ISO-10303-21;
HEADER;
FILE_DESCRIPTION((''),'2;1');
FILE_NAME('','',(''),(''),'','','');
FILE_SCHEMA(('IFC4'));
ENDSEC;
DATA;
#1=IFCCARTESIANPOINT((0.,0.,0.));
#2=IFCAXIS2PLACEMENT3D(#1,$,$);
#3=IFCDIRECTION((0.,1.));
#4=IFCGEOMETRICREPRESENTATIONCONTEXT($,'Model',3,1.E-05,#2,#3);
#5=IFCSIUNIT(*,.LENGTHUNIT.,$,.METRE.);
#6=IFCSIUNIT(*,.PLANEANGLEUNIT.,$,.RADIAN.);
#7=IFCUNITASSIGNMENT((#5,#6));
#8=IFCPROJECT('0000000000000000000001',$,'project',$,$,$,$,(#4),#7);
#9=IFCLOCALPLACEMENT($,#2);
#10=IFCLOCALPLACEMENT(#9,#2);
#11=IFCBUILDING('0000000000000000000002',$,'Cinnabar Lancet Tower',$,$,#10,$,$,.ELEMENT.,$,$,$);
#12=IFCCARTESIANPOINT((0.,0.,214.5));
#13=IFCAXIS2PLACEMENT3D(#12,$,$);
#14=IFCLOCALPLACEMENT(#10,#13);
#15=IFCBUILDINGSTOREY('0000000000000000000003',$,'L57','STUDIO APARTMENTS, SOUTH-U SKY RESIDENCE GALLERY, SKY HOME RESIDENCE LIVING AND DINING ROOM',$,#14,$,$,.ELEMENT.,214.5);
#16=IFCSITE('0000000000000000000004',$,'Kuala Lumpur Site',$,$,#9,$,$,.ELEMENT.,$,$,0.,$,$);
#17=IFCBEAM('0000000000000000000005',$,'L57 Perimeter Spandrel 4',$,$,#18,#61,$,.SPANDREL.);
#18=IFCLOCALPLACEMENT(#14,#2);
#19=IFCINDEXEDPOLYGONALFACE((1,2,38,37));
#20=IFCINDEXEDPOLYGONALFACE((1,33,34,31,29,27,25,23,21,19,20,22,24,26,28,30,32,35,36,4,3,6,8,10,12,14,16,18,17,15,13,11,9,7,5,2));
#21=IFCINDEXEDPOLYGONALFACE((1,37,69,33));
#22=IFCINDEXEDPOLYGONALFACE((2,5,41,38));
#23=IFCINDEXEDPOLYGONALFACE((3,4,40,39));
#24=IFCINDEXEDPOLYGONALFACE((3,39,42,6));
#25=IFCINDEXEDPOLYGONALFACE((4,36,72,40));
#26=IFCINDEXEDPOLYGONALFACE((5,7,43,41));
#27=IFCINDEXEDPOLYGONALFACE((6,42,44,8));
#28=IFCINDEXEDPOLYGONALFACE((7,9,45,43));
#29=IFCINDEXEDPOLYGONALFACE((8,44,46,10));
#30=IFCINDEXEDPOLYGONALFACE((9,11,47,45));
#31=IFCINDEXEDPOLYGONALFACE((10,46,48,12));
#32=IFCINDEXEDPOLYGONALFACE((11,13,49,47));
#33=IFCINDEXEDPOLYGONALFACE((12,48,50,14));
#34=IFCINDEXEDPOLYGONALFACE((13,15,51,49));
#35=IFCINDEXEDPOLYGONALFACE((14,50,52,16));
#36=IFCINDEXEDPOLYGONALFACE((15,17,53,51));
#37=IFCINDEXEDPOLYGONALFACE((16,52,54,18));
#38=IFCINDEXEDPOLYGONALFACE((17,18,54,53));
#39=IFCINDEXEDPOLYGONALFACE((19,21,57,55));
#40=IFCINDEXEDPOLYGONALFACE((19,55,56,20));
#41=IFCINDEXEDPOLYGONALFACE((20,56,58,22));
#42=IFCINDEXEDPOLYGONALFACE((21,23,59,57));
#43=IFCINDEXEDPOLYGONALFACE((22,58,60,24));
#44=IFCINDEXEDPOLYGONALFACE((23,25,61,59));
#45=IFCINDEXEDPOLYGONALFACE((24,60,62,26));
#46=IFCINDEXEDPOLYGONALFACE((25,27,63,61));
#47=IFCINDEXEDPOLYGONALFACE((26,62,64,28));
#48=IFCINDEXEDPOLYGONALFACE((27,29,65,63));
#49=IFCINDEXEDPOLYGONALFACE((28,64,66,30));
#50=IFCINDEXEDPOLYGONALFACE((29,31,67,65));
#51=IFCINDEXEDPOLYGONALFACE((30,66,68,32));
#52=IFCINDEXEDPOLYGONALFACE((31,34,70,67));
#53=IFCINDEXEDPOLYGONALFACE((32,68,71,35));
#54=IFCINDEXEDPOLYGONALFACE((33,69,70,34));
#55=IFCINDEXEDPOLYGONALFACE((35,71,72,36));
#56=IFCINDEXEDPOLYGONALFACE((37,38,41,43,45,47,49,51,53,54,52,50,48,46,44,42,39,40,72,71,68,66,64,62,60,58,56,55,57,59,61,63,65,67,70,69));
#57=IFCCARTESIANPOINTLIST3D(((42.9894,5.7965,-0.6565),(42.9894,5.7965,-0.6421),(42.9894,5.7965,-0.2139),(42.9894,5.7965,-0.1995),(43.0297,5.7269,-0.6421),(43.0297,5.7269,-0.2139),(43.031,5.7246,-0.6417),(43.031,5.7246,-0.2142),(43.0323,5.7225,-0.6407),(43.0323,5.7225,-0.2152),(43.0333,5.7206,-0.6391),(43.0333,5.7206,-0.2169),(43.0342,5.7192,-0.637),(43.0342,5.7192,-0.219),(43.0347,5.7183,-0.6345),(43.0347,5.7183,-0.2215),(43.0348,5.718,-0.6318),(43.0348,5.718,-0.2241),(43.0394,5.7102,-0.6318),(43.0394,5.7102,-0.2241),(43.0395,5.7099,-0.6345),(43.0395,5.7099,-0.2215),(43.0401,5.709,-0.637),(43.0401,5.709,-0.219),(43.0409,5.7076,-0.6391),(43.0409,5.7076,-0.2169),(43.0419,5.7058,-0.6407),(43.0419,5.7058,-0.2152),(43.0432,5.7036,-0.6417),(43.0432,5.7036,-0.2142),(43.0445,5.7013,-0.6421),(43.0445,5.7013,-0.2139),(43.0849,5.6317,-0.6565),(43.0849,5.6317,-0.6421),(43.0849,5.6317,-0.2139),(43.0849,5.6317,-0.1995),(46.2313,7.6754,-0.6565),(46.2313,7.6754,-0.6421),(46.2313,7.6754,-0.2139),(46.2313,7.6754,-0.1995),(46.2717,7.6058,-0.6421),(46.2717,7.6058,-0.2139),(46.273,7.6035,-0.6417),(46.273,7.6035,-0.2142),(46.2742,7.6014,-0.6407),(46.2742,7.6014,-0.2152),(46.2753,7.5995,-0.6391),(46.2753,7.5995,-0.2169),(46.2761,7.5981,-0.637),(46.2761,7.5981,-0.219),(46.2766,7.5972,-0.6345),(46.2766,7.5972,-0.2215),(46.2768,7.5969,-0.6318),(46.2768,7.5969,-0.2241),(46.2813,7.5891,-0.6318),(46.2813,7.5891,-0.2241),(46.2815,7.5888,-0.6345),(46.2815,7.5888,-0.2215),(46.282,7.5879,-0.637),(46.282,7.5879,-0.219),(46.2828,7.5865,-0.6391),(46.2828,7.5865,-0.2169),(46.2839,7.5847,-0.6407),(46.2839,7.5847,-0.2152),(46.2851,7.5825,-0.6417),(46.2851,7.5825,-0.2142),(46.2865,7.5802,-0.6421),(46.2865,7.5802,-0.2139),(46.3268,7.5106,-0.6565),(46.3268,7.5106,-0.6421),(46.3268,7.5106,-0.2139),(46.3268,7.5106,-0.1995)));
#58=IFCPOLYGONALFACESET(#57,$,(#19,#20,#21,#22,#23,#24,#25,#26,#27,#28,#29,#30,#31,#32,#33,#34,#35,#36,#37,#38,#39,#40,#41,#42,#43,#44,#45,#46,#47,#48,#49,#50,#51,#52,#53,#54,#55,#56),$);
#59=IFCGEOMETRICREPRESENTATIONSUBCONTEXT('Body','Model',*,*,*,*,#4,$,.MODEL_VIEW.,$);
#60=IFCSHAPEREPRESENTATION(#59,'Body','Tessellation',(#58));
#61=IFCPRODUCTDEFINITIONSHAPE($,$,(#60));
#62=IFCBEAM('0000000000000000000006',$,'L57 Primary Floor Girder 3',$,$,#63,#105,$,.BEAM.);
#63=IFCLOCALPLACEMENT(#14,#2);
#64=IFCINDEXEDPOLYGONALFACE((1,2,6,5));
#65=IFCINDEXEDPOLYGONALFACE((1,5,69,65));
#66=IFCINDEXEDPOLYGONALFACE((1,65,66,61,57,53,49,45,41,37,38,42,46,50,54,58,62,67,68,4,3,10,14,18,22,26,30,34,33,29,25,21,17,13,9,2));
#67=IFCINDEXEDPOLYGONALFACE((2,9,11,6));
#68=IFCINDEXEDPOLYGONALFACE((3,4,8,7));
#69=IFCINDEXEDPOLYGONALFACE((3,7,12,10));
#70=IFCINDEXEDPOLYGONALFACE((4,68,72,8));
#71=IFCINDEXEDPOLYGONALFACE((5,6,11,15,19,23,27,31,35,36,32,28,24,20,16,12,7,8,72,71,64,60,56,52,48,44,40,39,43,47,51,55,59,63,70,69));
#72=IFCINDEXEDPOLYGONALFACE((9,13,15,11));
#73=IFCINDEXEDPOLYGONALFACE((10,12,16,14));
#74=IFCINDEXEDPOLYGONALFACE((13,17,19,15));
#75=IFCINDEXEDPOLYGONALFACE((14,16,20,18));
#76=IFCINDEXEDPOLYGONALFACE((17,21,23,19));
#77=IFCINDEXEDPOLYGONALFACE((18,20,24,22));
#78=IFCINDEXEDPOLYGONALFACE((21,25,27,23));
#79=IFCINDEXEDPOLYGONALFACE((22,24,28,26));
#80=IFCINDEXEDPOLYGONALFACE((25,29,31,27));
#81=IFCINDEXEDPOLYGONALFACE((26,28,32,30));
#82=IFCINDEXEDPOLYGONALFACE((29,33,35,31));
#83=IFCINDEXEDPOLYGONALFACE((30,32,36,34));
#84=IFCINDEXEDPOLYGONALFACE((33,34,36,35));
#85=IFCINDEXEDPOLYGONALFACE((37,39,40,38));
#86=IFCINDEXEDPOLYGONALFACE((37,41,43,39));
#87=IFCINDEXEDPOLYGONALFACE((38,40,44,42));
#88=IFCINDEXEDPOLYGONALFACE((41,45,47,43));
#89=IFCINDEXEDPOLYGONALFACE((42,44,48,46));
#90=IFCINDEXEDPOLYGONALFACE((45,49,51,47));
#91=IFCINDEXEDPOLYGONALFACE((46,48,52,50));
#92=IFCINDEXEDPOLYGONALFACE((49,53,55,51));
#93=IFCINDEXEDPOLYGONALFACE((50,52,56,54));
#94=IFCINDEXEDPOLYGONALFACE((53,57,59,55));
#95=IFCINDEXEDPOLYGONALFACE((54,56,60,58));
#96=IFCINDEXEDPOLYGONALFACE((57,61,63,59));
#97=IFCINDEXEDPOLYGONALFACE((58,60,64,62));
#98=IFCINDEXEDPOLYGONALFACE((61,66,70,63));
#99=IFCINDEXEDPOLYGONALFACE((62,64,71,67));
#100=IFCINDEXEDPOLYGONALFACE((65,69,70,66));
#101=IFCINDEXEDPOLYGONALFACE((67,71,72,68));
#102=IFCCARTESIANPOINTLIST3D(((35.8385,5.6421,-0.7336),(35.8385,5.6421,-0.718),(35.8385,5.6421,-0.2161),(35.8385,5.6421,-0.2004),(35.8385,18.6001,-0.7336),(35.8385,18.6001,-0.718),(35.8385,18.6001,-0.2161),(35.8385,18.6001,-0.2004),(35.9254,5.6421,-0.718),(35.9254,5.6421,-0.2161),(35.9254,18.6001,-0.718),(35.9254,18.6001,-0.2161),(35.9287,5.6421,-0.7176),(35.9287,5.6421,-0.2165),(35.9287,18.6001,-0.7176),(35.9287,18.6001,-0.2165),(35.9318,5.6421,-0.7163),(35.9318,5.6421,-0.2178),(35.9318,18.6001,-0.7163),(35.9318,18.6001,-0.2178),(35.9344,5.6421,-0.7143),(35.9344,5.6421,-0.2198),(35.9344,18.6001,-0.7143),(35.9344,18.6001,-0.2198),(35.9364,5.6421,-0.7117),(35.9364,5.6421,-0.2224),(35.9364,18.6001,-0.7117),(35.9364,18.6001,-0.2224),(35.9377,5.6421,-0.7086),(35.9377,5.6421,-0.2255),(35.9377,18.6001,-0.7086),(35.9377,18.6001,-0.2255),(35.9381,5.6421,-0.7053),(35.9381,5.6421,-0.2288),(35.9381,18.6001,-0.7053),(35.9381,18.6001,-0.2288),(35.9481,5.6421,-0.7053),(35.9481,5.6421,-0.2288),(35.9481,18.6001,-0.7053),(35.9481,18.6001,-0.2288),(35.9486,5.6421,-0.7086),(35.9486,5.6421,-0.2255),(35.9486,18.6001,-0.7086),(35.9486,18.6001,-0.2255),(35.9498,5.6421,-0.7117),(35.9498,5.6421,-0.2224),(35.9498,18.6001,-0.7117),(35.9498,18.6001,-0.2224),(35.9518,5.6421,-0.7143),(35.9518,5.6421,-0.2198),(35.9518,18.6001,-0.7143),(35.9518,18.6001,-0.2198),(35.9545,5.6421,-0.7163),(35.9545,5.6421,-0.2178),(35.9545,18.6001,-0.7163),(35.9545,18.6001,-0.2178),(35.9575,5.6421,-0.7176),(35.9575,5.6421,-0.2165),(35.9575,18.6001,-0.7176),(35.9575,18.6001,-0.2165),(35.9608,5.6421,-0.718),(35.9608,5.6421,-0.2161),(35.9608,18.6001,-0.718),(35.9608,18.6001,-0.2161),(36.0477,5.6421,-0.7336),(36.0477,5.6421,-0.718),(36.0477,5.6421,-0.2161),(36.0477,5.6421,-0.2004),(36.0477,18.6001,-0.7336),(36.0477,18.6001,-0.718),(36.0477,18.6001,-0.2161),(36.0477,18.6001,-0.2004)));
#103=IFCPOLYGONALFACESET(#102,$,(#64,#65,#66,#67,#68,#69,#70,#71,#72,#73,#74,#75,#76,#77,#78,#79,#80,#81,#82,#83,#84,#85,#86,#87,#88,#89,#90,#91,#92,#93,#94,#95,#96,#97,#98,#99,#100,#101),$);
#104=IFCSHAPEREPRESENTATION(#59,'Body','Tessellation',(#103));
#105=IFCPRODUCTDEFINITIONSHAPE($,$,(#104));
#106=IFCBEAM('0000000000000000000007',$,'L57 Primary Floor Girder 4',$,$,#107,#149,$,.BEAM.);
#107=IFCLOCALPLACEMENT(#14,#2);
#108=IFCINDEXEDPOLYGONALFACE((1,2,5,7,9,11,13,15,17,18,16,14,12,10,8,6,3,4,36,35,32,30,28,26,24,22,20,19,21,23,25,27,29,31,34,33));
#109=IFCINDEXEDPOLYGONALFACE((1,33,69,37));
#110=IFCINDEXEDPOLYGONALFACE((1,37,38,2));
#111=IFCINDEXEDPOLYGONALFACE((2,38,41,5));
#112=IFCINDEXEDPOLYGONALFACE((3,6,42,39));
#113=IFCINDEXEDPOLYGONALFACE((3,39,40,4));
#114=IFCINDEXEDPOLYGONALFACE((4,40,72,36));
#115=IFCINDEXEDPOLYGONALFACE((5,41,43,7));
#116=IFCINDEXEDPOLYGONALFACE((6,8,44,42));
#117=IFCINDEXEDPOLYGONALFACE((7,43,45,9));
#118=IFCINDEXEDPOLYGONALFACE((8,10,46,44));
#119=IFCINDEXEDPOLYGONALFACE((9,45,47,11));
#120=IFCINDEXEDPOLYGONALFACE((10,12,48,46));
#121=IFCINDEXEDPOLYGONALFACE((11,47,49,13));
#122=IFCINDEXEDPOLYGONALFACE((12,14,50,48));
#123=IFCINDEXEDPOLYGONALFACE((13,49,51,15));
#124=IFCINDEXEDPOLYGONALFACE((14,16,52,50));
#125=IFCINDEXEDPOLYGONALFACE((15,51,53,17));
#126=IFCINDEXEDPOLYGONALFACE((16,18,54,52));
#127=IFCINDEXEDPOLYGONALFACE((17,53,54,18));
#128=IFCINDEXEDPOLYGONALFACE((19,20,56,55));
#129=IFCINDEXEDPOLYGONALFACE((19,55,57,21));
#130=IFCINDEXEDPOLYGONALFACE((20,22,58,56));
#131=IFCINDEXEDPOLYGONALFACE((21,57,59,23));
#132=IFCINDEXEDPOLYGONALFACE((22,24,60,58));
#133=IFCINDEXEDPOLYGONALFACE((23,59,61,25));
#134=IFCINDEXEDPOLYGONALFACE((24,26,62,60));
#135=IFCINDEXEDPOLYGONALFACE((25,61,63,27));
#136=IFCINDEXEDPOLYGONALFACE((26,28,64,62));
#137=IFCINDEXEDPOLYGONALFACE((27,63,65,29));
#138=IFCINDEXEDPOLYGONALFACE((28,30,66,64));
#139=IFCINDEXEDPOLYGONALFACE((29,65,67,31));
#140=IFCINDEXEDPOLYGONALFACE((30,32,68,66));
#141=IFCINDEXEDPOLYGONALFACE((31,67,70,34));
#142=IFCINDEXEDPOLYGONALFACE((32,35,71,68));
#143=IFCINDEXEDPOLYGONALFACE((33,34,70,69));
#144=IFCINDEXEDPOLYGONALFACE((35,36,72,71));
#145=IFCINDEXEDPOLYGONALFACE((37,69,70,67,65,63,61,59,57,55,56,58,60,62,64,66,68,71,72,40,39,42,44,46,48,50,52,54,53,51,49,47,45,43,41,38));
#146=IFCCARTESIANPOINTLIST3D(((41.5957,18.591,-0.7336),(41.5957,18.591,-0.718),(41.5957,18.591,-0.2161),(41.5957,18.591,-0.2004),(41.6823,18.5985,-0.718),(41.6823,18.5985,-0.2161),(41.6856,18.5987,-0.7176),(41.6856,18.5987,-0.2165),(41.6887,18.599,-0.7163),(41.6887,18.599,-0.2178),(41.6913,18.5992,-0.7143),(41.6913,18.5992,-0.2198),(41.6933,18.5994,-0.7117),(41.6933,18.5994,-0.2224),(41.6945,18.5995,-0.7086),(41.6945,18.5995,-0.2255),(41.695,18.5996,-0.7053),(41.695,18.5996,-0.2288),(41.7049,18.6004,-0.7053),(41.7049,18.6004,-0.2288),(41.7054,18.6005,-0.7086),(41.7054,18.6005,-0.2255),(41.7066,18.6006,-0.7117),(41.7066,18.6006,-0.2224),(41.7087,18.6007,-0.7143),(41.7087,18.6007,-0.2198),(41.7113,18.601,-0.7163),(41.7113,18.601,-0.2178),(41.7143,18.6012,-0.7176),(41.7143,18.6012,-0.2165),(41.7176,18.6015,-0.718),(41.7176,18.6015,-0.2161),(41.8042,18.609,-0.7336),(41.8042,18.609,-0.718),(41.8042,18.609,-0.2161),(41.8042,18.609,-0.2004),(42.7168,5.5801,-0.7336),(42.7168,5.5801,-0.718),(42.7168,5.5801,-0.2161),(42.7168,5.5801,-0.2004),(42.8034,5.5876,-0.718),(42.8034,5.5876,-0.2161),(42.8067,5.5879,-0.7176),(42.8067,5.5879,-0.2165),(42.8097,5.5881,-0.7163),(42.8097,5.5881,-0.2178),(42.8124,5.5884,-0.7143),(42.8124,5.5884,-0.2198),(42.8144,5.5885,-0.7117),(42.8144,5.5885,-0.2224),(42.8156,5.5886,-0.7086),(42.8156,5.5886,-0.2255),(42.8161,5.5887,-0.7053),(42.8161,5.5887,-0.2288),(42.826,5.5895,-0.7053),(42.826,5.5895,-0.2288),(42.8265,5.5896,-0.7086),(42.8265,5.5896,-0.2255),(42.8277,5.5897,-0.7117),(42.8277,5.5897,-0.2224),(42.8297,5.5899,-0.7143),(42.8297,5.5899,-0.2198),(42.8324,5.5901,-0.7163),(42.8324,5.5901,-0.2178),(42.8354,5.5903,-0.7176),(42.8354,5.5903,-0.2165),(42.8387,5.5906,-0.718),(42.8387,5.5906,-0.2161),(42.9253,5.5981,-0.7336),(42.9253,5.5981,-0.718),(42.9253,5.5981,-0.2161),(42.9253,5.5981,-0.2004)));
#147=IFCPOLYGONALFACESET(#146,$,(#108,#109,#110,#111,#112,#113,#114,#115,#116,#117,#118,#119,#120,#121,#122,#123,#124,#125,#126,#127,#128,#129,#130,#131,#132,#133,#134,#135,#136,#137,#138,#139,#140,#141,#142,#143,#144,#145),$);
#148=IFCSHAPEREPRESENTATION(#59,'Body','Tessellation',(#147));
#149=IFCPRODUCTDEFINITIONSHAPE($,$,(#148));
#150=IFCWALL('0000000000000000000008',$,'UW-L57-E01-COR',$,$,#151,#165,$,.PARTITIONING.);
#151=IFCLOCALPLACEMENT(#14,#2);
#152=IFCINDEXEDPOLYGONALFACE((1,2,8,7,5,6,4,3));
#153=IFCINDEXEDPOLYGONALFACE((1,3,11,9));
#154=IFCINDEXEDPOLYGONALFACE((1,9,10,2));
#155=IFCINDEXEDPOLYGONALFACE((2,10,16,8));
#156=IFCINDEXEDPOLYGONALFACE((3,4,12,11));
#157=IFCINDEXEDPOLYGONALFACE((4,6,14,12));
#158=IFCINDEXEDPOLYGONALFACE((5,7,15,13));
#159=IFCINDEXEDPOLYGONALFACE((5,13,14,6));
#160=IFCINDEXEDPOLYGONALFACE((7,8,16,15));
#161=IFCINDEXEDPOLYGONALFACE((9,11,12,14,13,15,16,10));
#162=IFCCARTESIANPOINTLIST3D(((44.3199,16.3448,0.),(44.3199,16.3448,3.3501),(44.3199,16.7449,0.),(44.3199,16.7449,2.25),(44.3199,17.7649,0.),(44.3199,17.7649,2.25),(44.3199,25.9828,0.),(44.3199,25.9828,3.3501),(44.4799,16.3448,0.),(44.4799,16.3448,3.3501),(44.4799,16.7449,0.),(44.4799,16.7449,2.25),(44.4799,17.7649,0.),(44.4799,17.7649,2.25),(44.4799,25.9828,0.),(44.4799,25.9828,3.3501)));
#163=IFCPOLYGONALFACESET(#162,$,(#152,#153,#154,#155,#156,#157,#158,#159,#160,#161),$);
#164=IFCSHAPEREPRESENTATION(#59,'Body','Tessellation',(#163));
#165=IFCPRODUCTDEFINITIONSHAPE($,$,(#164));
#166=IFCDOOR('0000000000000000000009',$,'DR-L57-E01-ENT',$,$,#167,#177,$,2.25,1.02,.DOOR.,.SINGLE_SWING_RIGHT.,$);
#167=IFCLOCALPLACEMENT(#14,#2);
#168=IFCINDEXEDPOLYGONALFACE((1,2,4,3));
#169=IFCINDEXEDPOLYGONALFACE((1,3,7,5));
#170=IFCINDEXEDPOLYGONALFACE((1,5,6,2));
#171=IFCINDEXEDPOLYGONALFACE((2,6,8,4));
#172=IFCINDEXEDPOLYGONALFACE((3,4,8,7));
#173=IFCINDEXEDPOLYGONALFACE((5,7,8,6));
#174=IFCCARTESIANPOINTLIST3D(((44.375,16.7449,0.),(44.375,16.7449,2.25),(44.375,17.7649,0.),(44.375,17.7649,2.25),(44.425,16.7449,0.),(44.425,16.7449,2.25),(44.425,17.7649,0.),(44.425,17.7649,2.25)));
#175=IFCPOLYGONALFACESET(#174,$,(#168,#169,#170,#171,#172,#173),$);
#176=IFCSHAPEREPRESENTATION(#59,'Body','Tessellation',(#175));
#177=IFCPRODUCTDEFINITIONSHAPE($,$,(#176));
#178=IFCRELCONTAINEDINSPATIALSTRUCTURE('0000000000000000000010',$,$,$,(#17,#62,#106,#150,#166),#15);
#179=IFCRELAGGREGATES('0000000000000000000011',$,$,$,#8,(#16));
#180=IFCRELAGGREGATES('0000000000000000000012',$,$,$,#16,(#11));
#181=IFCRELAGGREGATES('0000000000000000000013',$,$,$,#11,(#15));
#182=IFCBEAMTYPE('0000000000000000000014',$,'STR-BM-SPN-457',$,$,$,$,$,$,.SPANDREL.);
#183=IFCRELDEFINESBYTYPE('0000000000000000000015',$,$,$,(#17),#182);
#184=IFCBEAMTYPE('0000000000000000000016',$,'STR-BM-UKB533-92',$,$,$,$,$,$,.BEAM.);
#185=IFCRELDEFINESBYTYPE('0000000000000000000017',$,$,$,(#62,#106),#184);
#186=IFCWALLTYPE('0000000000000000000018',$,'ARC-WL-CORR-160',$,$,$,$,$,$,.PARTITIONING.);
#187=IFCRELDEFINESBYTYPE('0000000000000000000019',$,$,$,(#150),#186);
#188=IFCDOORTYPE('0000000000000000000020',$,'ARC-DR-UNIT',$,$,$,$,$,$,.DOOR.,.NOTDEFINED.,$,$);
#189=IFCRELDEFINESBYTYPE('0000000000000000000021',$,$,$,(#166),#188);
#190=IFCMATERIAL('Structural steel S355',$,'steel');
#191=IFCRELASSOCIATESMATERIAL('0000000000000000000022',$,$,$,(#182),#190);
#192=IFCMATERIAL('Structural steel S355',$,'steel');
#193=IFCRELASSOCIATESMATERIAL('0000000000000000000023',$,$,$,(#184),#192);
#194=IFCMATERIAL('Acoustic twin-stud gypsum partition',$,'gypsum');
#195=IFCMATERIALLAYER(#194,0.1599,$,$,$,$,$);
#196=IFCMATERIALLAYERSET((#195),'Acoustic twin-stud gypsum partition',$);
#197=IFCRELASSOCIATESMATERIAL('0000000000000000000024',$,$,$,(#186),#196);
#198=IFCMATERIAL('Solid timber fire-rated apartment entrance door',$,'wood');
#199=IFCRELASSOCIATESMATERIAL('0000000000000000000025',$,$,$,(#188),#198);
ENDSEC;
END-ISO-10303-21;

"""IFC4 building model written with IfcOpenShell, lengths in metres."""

from ifc_helpers import new_model, si_unit, direction, frame, frame_2d, origin, origin_2d, place, context, subcontext, project, spatial, rectangle, i_section, extrude, material, layer, layer_set, material_profile, profile_set, type_object, element, fill, save


model = new_model("IFC4")

# Units and contexts
model_context = context("Model", 3, precision=1e-05, world=origin(), true_north=direction((0.0, 1.0)))
body_context = subcontext(model_context, "Body", "Model", "MODEL_VIEW")
ifc_project = project(units=[si_unit("LENGTHUNIT", "METRE"), si_unit("PLANEANGLEUNIT", "RADIAN")], contexts=[model_context])

# Site, building, storey
site_placement = place(None, origin())
site = spatial("IfcSite", under=ifc_project, at=site_placement, Name="Kuala Lumpur Site", CompositionType="ELEMENT", RefElevation=0.0)
building_placement = place(site_placement, origin())
building = spatial("IfcBuilding", under=site, at=building_placement, Name="Cinnabar Lancet Tower", CompositionType="ELEMENT")
storey_placement = place(building_placement, frame((0.0, 0.0, 214.5)))
storey = spatial("IfcBuildingStorey", under=building, at=storey_placement, Name="L57", Description="STUDIO APARTMENTS, SOUTH-U SKY RESIDENCE GALLERY, SKY HOME RESIDENCE LIVING AND DINING ROOM", CompositionType="ELEMENT", Elevation=214.5)

# Beams
ifc_material_1 = material(Name="Structural steel S355", Category="steel")
ifc_material_profile_1 = material_profile(ifc_material_1, i_section(OverallWidth=0.1904, OverallDepth=0.457, WebThickness=0.009, FlangeThickness=0.0144, FilletRadius=0.0103, at=origin_2d()), Name="UKB 457x191x74")
ifc_profile_set_1 = profile_set([ifc_material_profile_1], Name="Structural steel S355")
beam_type_1 = type_object("IfcBeamType", Name="STR-BM-SPN-457", PredefinedType="SPANDREL", material=ifc_profile_set_1)
beam_1_placement = place(storey_placement, frame((43.0371, 5.7141, -0.428), z_axis=(0.865196, 0.501434, 0.0), x_axis=(-0.501434, 0.865196, 0.0)))
element("IfcBeam", 1, at=beam_1_placement, inside=storey, type_object=beam_type_1, Name="L57 Perimeter Spandrel 4", PredefinedType="SPANDREL", context=body_context, shape_type="SweptSolid", body=[
    extrude(i_section(OverallWidth=0.1904, OverallDepth=0.457, WebThickness=0.009, FlangeThickness=0.0144, FilletRadius=0.0103, at=origin_2d()), origin(), (0.0, 0.0, 1.0), 3.7471),
])
ifc_material_2 = material(Name="Structural steel S355", Category="steel")
ifc_material_profile_2 = material_profile(ifc_material_2, i_section(OverallWidth=0.2092, OverallDepth=0.5332, WebThickness=0.01, FlangeThickness=0.0156, FilletRadius=0.0127, at=origin_2d()), Name="UKB 533x210x92")
ifc_profile_set_2 = profile_set([ifc_material_profile_2], Name="Structural steel S355")
beam_type_2 = type_object("IfcBeamType", Name="STR-BM-UKB533-92", PredefinedType="BEAM", material=ifc_profile_set_2)
beam_2_placement = place(storey_placement, frame((35.9431, 5.6421, -0.467), z_axis=(0.0, 1.0, 0.0), x_axis=(-1.0, 0.0, 0.0)))
element("IfcBeam", 2, at=beam_2_placement, inside=storey, type_object=beam_type_2, Name="L57 Primary Floor Girder 3", PredefinedType="BEAM", context=body_context, shape_type="SweptSolid", body=[
    extrude(i_section(OverallWidth=0.2092, OverallDepth=0.5332, WebThickness=0.01, FlangeThickness=0.0156, FilletRadius=0.0127, at=origin_2d()), origin(), (0.0, 0.0, 1.0), 12.958),
])
beam_3_placement = place(storey_placement, frame((42.821, 5.5891, -0.467), z_axis=(-0.085847, 0.996308, 0.0), x_axis=(-0.996308, -0.085847, 0.0)))
element("IfcBeam", 3, at=beam_3_placement, inside=storey, type_object=beam_type_2, Name="L57 Primary Floor Girder 4", PredefinedType="BEAM", context=body_context, shape_type="SweptSolid", body=[
    extrude(i_section(OverallWidth=0.2092, OverallDepth=0.5332, WebThickness=0.01, FlangeThickness=0.0156, FilletRadius=0.0127, at=origin_2d()), origin(), (0.0, 0.0, 1.0), 13.0591),
])

# Wall, opening, door
ifc_material_3 = material(Name="Acoustic twin-stud gypsum partition", Category="gypsum")
ifc_layer_1 = layer(ifc_material_3, 0.1599)
ifc_layer_set_1 = layer_set([ifc_layer_1], Name="Acoustic twin-stud gypsum partition")
wall_type_1 = type_object("IfcWallType", Name="ARC-WL-CORR-160", PredefinedType="PARTITIONING", material=ifc_layer_set_1)
wall_1_placement = place(storey_placement, frame((44.3999, 16.345, 0.0), z_axis=(0.0, 0.0, 1.0), x_axis=(0.0, 1.0, 0.0)))
wall_1 = element("IfcWall", 4, at=wall_1_placement, inside=storey, type_object=wall_type_1, Name="UW-L57-E01-COR", PredefinedType="PARTITIONING", context=body_context, shape_type="SweptSolid", body=[
    extrude(rectangle(XDim=9.6379, YDim=0.1599, at=frame_2d((4.8188, 0.0))), origin(), (0.0, 0.0, 1.0), 3.3501),
])
opening_1_placement = place(wall_1_placement, frame((0.3999, 0.0, 0.0)))
opening_1 = element("IfcOpeningElement", 5, at=opening_1_placement, cuts=wall_1, PredefinedType="OPENING", context=body_context, shape_type="SweptSolid", body=[
    extrude(rectangle(XDim=1.02, YDim=2.25, at=frame_2d((0.51, 1.125))), frame((0.0, 0.0898, 0.0), z_axis=(0.0, -1.0, 0.0), x_axis=(1.0, 0.0, 0.0)), (0.0, 0.0, 1.0), 0.1799),
])
ifc_material_4 = material(Name="Solid timber fire-rated apartment entrance door", Category="wood")
door_type = type_object("IfcDoorType", Name="ARC-DR-UNIT", OperationType="NOTDEFINED", PredefinedType="DOOR", material=ifc_material_4)
door_placement = place(opening_1_placement, origin())
door = element("IfcDoor", 6, at=door_placement, inside=storey, type_object=door_type, Name="DR-L57-E01-ENT", OperationType="SINGLE_SWING_RIGHT", OverallHeight=2.25, OverallWidth=1.02, PredefinedType="DOOR", context=body_context, shape_type="SweptSolid", body=[
    extrude(rectangle(XDim=1.02, YDim=2.25, at=frame_2d((0.51, 1.125))), frame((0.0, 0.0249, 0.0), z_axis=(0.0, -1.0, 0.0), x_axis=(1.0, 0.0, 0.0)), (0.0, 0.0, 1.0), 0.05),
])
fill(opening_1, door)

save(model, "model.ifc")
